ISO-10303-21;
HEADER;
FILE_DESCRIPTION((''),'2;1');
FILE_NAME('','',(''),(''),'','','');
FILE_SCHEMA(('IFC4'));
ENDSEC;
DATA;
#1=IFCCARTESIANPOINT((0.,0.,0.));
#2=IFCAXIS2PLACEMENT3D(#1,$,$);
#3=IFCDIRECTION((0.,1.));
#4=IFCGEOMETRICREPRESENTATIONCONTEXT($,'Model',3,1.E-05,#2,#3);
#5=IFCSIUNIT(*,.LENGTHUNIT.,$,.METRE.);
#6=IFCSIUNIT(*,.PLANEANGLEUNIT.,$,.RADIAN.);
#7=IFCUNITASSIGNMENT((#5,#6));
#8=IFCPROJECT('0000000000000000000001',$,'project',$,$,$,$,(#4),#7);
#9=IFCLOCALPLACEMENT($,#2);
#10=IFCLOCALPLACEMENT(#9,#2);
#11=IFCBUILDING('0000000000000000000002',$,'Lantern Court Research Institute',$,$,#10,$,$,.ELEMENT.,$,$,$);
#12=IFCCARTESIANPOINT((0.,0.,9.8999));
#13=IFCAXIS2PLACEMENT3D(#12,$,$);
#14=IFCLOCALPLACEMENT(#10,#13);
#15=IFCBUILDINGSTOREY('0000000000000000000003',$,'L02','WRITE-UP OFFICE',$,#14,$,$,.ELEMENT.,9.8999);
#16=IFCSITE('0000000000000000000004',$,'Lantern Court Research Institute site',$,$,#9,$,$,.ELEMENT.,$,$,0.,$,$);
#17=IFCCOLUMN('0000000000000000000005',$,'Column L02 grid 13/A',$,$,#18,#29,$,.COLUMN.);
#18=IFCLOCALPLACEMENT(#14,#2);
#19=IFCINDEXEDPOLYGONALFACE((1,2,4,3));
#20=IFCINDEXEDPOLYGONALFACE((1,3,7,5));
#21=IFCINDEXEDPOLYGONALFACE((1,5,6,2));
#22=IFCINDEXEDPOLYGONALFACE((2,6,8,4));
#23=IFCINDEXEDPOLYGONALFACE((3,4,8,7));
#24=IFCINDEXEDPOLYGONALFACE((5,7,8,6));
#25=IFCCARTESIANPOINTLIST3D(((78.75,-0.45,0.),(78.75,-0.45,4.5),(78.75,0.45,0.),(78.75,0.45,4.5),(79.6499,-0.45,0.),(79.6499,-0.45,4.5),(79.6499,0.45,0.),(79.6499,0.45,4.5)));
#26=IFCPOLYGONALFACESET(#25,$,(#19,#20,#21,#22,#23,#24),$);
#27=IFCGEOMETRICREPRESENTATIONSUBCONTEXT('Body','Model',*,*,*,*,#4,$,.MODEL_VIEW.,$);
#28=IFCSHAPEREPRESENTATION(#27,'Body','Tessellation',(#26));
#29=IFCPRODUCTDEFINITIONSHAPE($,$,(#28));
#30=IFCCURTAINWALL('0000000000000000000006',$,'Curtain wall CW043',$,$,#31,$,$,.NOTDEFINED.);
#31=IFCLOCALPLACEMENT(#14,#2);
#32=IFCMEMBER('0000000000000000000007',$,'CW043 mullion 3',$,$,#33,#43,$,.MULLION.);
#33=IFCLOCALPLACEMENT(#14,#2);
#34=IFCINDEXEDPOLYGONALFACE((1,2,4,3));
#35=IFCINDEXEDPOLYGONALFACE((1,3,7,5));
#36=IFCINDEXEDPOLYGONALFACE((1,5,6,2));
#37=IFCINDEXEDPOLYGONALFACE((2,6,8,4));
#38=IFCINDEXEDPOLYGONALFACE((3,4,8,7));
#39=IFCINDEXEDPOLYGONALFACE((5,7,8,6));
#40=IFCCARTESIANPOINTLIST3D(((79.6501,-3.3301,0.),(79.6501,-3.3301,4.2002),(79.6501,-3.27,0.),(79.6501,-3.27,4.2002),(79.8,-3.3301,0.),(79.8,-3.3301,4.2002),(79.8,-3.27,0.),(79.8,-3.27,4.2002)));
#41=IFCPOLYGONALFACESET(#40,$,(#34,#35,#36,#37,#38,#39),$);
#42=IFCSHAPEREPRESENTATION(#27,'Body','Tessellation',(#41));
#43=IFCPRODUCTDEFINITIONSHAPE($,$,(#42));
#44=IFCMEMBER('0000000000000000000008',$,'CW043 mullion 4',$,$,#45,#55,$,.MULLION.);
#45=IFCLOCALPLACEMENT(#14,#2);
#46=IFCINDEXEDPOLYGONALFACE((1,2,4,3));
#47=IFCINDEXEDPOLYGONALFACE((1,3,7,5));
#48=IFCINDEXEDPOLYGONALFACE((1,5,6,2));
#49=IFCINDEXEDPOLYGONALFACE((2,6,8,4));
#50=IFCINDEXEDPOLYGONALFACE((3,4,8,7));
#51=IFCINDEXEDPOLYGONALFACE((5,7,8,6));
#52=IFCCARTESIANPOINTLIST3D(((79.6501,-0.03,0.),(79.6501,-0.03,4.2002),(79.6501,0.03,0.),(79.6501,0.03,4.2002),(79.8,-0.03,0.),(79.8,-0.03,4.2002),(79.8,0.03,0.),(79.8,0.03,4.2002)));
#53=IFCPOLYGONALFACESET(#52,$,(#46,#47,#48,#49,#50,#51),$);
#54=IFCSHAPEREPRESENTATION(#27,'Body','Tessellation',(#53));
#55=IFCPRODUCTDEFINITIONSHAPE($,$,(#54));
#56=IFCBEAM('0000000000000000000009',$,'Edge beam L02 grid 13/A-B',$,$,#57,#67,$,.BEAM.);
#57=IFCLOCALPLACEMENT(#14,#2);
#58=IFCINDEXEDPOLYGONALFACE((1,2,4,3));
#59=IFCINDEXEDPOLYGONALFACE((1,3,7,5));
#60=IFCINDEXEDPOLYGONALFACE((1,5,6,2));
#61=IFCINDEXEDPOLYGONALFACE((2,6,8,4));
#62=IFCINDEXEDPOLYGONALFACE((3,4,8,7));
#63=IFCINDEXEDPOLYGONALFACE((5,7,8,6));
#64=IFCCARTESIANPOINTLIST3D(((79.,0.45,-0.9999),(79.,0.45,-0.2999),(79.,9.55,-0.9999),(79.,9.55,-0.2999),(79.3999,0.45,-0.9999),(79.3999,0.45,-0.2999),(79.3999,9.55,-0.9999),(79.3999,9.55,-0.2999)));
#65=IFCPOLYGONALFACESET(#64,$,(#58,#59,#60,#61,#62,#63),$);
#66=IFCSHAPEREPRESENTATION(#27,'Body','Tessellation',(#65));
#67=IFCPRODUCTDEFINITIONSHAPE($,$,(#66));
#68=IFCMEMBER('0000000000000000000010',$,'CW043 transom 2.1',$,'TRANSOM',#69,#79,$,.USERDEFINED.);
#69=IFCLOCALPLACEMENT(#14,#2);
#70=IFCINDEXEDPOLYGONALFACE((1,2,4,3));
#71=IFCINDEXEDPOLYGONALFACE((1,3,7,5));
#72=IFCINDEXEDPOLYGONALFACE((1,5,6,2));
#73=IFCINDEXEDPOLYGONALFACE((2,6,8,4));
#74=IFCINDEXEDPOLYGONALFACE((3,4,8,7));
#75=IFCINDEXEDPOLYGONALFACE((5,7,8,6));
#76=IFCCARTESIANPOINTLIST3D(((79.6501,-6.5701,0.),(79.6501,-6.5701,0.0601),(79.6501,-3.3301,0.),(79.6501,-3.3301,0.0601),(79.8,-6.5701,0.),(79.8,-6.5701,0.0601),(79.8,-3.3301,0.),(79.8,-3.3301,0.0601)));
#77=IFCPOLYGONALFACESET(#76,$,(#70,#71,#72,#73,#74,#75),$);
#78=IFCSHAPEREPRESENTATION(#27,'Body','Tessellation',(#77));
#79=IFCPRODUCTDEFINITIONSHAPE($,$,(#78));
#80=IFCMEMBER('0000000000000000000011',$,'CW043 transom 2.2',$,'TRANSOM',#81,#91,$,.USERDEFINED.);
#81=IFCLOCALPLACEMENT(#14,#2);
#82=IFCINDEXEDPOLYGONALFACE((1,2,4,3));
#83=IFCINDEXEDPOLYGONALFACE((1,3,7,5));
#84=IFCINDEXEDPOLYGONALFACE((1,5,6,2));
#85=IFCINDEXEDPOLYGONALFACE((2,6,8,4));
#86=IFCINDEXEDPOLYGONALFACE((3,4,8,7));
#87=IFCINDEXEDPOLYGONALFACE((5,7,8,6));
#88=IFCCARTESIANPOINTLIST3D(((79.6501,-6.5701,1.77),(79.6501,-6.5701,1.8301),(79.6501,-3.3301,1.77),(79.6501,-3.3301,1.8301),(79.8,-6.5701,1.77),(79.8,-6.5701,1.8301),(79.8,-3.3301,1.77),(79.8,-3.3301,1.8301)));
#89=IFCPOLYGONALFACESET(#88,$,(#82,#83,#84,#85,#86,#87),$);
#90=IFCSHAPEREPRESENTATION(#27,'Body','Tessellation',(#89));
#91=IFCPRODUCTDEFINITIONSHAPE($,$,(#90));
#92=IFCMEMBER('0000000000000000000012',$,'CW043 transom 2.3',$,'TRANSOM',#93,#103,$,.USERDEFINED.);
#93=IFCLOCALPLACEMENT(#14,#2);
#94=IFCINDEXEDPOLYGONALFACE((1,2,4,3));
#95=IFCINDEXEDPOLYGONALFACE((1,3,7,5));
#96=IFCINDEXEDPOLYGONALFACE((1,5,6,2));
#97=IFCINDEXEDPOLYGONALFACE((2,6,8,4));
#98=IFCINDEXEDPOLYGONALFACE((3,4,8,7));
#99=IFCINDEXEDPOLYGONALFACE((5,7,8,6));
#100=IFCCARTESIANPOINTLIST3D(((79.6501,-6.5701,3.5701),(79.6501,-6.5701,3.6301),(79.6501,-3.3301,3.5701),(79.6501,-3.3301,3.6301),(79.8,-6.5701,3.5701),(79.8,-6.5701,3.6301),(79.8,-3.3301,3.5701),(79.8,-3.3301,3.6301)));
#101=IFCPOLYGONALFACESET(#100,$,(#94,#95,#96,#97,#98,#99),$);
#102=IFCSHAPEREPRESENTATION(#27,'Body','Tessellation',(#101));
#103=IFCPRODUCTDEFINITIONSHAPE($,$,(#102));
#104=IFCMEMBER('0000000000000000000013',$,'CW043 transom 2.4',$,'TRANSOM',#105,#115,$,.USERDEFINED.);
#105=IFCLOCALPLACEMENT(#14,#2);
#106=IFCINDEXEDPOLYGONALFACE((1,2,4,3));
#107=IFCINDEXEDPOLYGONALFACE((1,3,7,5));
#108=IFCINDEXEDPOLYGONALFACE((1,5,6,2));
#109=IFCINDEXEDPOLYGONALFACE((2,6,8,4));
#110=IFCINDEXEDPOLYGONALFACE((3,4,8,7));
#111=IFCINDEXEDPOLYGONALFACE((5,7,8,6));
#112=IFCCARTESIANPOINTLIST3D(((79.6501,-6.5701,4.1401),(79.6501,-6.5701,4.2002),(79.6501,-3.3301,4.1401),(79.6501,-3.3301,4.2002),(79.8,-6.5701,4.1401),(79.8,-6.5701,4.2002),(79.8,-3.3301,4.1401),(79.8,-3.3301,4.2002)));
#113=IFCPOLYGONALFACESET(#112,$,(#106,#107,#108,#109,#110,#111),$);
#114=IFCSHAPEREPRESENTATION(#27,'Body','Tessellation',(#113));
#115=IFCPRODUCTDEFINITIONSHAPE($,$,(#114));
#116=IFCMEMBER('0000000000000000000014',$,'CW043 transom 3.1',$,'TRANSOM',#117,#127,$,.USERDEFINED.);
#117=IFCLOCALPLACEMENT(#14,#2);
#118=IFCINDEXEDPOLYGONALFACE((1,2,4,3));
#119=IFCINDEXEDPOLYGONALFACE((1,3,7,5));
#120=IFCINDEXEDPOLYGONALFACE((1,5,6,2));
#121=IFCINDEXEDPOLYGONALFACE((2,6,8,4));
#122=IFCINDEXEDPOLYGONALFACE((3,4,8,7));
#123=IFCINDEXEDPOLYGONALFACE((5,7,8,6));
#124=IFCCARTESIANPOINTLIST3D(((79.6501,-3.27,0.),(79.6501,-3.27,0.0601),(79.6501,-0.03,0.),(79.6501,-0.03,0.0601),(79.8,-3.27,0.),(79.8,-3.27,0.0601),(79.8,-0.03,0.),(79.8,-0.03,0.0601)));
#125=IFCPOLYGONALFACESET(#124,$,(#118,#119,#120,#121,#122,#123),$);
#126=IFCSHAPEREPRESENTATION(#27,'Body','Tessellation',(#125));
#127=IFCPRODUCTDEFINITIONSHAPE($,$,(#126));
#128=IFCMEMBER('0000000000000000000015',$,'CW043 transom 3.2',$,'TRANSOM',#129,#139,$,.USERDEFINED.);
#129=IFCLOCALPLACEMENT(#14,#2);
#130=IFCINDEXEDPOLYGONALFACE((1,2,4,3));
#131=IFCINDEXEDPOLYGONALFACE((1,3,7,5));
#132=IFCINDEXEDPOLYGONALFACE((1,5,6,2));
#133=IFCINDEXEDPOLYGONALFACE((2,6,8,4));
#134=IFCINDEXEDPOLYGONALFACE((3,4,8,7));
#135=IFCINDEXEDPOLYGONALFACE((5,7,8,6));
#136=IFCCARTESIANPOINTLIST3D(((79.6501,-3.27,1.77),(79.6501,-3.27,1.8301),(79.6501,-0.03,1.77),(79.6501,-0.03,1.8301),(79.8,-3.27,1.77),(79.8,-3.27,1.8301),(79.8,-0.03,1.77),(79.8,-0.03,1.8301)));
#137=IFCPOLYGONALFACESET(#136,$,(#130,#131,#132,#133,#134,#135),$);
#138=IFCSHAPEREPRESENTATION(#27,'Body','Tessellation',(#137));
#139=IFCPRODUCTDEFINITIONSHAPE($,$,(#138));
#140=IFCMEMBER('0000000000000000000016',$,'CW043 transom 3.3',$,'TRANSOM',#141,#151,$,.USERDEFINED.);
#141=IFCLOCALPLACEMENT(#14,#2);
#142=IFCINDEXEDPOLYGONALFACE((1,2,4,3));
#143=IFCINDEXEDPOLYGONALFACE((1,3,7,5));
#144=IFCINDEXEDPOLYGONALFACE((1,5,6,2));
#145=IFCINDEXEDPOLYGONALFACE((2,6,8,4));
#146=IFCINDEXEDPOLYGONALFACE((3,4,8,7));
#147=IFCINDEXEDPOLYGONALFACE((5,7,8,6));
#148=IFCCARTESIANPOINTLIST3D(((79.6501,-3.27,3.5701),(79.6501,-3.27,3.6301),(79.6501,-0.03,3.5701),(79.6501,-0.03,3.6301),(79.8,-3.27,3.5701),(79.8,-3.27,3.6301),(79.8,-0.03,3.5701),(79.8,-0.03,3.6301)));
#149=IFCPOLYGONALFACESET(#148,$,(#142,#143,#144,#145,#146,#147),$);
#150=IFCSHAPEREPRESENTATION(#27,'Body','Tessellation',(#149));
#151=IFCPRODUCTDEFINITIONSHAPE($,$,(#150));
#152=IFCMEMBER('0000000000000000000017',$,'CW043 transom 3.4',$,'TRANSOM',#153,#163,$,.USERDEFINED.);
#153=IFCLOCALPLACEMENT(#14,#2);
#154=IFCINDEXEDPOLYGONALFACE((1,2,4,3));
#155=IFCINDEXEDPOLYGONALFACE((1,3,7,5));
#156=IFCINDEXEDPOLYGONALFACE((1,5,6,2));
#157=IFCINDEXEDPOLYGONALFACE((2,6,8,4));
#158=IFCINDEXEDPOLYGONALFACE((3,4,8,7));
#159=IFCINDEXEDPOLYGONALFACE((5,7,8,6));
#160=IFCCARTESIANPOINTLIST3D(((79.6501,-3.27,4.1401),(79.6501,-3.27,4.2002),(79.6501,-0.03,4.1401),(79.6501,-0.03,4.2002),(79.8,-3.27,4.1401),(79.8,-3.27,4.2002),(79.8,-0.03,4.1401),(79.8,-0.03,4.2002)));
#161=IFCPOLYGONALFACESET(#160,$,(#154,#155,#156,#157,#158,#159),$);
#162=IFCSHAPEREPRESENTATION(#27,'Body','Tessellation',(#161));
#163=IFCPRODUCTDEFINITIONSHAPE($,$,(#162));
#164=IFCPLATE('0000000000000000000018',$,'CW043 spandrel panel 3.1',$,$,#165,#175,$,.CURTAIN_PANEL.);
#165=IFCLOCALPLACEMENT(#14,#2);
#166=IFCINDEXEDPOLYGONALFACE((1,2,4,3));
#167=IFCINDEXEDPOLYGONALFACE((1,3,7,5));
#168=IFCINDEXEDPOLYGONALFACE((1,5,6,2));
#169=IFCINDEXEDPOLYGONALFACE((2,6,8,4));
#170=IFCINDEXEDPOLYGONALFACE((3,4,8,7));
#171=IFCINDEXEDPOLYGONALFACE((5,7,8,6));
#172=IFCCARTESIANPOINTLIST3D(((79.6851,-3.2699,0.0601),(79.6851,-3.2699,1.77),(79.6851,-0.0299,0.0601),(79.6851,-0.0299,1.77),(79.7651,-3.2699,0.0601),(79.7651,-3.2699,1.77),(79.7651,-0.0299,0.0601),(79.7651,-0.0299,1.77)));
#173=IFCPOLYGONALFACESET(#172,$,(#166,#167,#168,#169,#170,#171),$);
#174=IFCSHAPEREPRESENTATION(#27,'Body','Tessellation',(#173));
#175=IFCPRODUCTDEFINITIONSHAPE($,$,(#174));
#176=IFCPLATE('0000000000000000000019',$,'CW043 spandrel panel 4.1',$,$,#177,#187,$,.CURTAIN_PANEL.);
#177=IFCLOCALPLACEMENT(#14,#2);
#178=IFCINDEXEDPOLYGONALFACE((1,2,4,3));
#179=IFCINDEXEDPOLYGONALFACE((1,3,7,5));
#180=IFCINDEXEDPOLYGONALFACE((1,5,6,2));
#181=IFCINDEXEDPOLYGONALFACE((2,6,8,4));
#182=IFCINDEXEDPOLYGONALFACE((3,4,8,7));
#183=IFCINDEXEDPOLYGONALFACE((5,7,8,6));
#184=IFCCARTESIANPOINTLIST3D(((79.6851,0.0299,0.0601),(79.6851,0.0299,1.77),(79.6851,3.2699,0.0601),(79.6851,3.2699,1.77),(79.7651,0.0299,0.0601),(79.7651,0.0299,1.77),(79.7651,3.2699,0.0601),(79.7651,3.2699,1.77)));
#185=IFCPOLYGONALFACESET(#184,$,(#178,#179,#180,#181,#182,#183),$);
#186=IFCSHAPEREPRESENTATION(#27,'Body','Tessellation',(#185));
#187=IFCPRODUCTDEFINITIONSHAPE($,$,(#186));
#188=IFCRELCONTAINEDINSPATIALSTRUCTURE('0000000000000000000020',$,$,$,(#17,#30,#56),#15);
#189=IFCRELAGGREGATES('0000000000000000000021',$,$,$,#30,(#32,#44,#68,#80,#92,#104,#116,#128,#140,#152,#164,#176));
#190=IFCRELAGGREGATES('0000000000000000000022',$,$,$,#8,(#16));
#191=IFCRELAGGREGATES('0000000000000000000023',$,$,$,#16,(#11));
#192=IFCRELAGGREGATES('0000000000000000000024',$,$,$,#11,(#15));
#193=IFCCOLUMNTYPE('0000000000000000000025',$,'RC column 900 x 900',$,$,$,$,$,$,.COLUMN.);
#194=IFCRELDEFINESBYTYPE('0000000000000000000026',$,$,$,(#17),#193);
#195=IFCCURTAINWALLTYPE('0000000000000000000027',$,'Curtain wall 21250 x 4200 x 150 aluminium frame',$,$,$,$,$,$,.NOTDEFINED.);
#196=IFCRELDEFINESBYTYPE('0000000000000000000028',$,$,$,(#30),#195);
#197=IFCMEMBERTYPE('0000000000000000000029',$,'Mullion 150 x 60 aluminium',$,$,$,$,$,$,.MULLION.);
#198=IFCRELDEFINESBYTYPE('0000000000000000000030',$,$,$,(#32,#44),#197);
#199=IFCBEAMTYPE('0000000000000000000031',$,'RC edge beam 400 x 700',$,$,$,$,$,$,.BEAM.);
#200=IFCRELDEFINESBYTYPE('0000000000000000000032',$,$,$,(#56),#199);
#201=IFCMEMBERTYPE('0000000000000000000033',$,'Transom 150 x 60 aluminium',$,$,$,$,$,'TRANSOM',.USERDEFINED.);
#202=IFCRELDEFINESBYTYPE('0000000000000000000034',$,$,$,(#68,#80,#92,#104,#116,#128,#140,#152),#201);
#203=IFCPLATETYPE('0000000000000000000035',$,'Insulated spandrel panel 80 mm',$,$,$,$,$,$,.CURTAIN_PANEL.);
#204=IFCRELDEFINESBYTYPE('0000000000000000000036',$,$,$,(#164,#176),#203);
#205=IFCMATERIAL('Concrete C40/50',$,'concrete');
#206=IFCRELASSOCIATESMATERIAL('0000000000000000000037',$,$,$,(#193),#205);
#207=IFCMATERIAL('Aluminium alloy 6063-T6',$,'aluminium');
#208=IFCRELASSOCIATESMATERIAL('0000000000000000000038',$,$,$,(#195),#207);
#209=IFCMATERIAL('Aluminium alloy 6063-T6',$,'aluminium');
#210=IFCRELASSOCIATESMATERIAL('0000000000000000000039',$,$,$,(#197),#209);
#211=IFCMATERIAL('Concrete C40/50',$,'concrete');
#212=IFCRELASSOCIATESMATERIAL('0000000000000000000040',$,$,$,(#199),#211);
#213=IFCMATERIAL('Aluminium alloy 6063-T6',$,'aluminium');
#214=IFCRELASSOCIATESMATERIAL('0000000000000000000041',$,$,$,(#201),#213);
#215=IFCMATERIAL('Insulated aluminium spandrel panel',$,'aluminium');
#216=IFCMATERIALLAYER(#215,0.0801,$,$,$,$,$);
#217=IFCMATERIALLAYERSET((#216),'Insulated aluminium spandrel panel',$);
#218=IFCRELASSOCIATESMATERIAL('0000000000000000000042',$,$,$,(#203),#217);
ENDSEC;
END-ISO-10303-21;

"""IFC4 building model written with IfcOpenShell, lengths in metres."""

from ifc_helpers import new_model, si_unit, direction, frame, origin, origin_2d, place, context, subcontext, project, spatial, rectangle, extrude, material, layer, layer_set, material_profile, profile_set, type_object, element, aggregate, save


model = new_model("IFC4")

# Units and contexts
model_context = context("Model", 3, precision=1e-05, world=origin(), true_north=direction((0.0, 1.0)))
body_context = subcontext(model_context, "Body", "Model", "MODEL_VIEW")
ifc_project = project(units=[si_unit("LENGTHUNIT", "METRE"), si_unit("PLANEANGLEUNIT", "RADIAN")], contexts=[model_context])

# Site, building, storey
site_placement = place(None, origin())
site = spatial("IfcSite", under=ifc_project, at=site_placement, Name="Lantern Court Research Institute site", CompositionType="ELEMENT", RefElevation=0.0)
building_placement = place(site_placement, origin())
building = spatial("IfcBuilding", under=site, at=building_placement, Name="Lantern Court Research Institute", CompositionType="ELEMENT")
storey_placement = place(building_placement, frame((0.0, 0.0, 9.8999)))
storey = spatial("IfcBuildingStorey", under=building, at=storey_placement, Name="L02", Description="WRITE-UP OFFICE", CompositionType="ELEMENT", Elevation=9.8999)

# Column
ifc_material_1 = material(Name="Concrete C40/50", Category="concrete")
ifc_material_profile_1 = material_profile(ifc_material_1, rectangle(XDim=0.8999, YDim=0.8999, at=origin_2d()), Name="RC column 900 x 900")
ifc_profile_set_1 = profile_set([ifc_material_profile_1], Name="Concrete C40/50")
column_type = type_object("IfcColumnType", Name="RC column 900 x 900", PredefinedType="COLUMN", material=ifc_profile_set_1)
column_placement = place(storey_placement, frame((79.2, 0.0, 0.0), z_axis=(0.0, 0.0, 1.0), x_axis=(1.0, 0.0, 0.0)))
element("IfcColumn", 1, at=column_placement, inside=storey, type_object=column_type, Name="Column L02 grid 13/A", PredefinedType="COLUMN", context=body_context, shape_type="SweptSolid", body=[
    extrude(rectangle(XDim=0.8999, YDim=0.8999, at=origin_2d()), origin(), (0.0, 0.0, 1.0), 4.5),
])

# Curtain wall, members
ifc_material_2 = material(Name="Aluminium alloy 6063-T6", Category="aluminium")
curtain_wall_type = type_object("IfcCurtainWallType", Name="Curtain wall 21250 x 4200 x 150 aluminium frame", PredefinedType="NOTDEFINED", material=ifc_material_2)
curtain_wall_placement = place(storey_placement, origin())
curtain_wall = element("IfcCurtainWall", 2, at=curtain_wall_placement, inside=storey, type_object=curtain_wall_type, Name="Curtain wall CW043", PredefinedType="NOTDEFINED")
ifc_material_3 = material(Name="Aluminium alloy 6063-T6", Category="aluminium")
ifc_material_profile_2 = material_profile(ifc_material_3, rectangle(XDim=0.1499, YDim=0.0601, at=origin_2d()), Name="Mullion 150 x 60")
ifc_profile_set_2 = profile_set([ifc_material_profile_2], Name="Aluminium alloy 6063-T6")
member_type_1 = type_object("IfcMemberType", Name="Mullion 150 x 60 aluminium", PredefinedType="MULLION", material=ifc_profile_set_2)
member_1_placement = place(storey_placement, frame((79.7251, -3.3, 0.0), z_axis=(0.0, 0.0, 1.0), x_axis=(1.0, 0.0, 0.0)))
member_1 = element("IfcMember", 3, at=member_1_placement, type_object=member_type_1, Name="CW043 mullion 3", PredefinedType="MULLION", context=body_context, shape_type="SweptSolid", body=[
    extrude(rectangle(XDim=0.1499, YDim=0.0601, at=origin_2d()), origin(), (0.0, 0.0, 1.0), 4.2002),
])
member_2_placement = place(storey_placement, frame((79.7251, 0.0, 0.0), z_axis=(0.0, 0.0, 1.0), x_axis=(1.0, 0.0, 0.0)))
member_2 = element("IfcMember", 4, at=member_2_placement, type_object=member_type_1, Name="CW043 mullion 4", PredefinedType="MULLION", context=body_context, shape_type="SweptSolid", body=[
    extrude(rectangle(XDim=0.1499, YDim=0.0601, at=origin_2d()), origin(), (0.0, 0.0, 1.0), 4.2002),
])

# Beam
ifc_material_4 = material(Name="Concrete C40/50", Category="concrete")
ifc_material_profile_3 = material_profile(ifc_material_4, rectangle(XDim=0.3999, YDim=0.7, at=origin_2d()), Name="RC beam 400 x 700")
ifc_profile_set_3 = profile_set([ifc_material_profile_3], Name="Concrete C40/50")
beam_type = type_object("IfcBeamType", Name="RC edge beam 400 x 700", PredefinedType="BEAM", material=ifc_profile_set_3)
beam_placement = place(storey_placement, frame((79.2, 0.45, -0.6499), z_axis=(0.0, 1.0, 0.0), x_axis=(-1.0, 0.0, 0.0)))
element("IfcBeam", 5, at=beam_placement, inside=storey, type_object=beam_type, Name="Edge beam L02 grid 13/A-B", PredefinedType="BEAM", context=body_context, shape_type="SweptSolid", body=[
    extrude(rectangle(XDim=0.3999, YDim=0.7, at=origin_2d()), origin(), (0.0, 0.0, 1.0), 9.1001),
])

# Members
ifc_material_5 = material(Name="Aluminium alloy 6063-T6", Category="aluminium")
ifc_material_profile_4 = material_profile(ifc_material_5, rectangle(XDim=0.1499, YDim=0.0601, at=origin_2d()), Name="Transom 150 x 60")
ifc_profile_set_4 = profile_set([ifc_material_profile_4], Name="Aluminium alloy 6063-T6")
member_type_2 = type_object("IfcMemberType", Name="Transom 150 x 60 aluminium", ElementType="TRANSOM", PredefinedType="USERDEFINED", material=ifc_profile_set_4)
member_3_placement = place(storey_placement, frame((79.7251, -3.3301, 0.03), z_axis=(0.0, -1.0, 0.0), x_axis=(1.0, 0.0, 0.0)))
member_3 = element("IfcMember", 6, at=member_3_placement, type_object=member_type_2, Name="CW043 transom 2.1", ObjectType="TRANSOM", PredefinedType="USERDEFINED", context=body_context, shape_type="SweptSolid", body=[
    extrude(rectangle(XDim=0.1499, YDim=0.0601, at=origin_2d()), origin(), (0.0, 0.0, 1.0), 3.24),
])
member_4_placement = place(storey_placement, frame((79.7251, -3.3301, 1.8), z_axis=(0.0, -1.0, 0.0), x_axis=(1.0, 0.0, 0.0)))
member_4 = element("IfcMember", 7, at=member_4_placement, type_object=member_type_2, Name="CW043 transom 2.2", ObjectType="TRANSOM", PredefinedType="USERDEFINED", context=body_context, shape_type="SweptSolid", body=[
    extrude(rectangle(XDim=0.1499, YDim=0.0601, at=origin_2d()), origin(), (0.0, 0.0, 1.0), 3.24),
])
member_5_placement = place(storey_placement, frame((79.7251, -3.3301, 3.6001), z_axis=(0.0, -1.0, 0.0), x_axis=(1.0, 0.0, 0.0)))
member_5 = element("IfcMember", 8, at=member_5_placement, type_object=member_type_2, Name="CW043 transom 2.3", ObjectType="TRANSOM", PredefinedType="USERDEFINED", context=body_context, shape_type="SweptSolid", body=[
    extrude(rectangle(XDim=0.1499, YDim=0.0601, at=origin_2d()), origin(), (0.0, 0.0, 1.0), 3.24),
])
member_6_placement = place(storey_placement, frame((79.7251, -3.3301, 4.1702), z_axis=(0.0, -1.0, 0.0), x_axis=(1.0, 0.0, 0.0)))
member_6 = element("IfcMember", 9, at=member_6_placement, type_object=member_type_2, Name="CW043 transom 2.4", ObjectType="TRANSOM", PredefinedType="USERDEFINED", context=body_context, shape_type="SweptSolid", body=[
    extrude(rectangle(XDim=0.1499, YDim=0.0601, at=origin_2d()), origin(), (0.0, 0.0, 1.0), 3.24),
])
member_7_placement = place(storey_placement, frame((79.7251, -0.03, 0.03), z_axis=(0.0, -1.0, 0.0), x_axis=(1.0, 0.0, 0.0)))
member_7 = element("IfcMember", 10, at=member_7_placement, type_object=member_type_2, Name="CW043 transom 3.1", ObjectType="TRANSOM", PredefinedType="USERDEFINED", context=body_context, shape_type="SweptSolid", body=[
    extrude(rectangle(XDim=0.1499, YDim=0.0601, at=origin_2d()), origin(), (0.0, 0.0, 1.0), 3.24),
])
member_8_placement = place(storey_placement, frame((79.7251, -0.03, 1.8), z_axis=(0.0, -1.0, 0.0), x_axis=(1.0, 0.0, 0.0)))
member_8 = element("IfcMember", 11, at=member_8_placement, type_object=member_type_2, Name="CW043 transom 3.2", ObjectType="TRANSOM", PredefinedType="USERDEFINED", context=body_context, shape_type="SweptSolid", body=[
    extrude(rectangle(XDim=0.1499, YDim=0.0601, at=origin_2d()), origin(), (0.0, 0.0, 1.0), 3.24),
])
member_9_placement = place(storey_placement, frame((79.7251, -0.03, 3.6001), z_axis=(0.0, -1.0, 0.0), x_axis=(1.0, 0.0, 0.0)))
member_9 = element("IfcMember", 12, at=member_9_placement, type_object=member_type_2, Name="CW043 transom 3.3", ObjectType="TRANSOM", PredefinedType="USERDEFINED", context=body_context, shape_type="SweptSolid", body=[
    extrude(rectangle(XDim=0.1499, YDim=0.0601, at=origin_2d()), origin(), (0.0, 0.0, 1.0), 3.24),
])
member_10_placement = place(storey_placement, frame((79.7251, -0.03, 4.1702), z_axis=(0.0, -1.0, 0.0), x_axis=(1.0, 0.0, 0.0)))
member_10 = element("IfcMember", 13, at=member_10_placement, type_object=member_type_2, Name="CW043 transom 3.4", ObjectType="TRANSOM", PredefinedType="USERDEFINED", context=body_context, shape_type="SweptSolid", body=[
    extrude(rectangle(XDim=0.1499, YDim=0.0601, at=origin_2d()), origin(), (0.0, 0.0, 1.0), 3.24),
])

# Plates
ifc_material_6 = material(Name="Insulated aluminium spandrel panel", Category="aluminium")
ifc_layer_1 = layer(ifc_material_6, 0.0801)
ifc_layer_set_1 = layer_set([ifc_layer_1], Name="Insulated aluminium spandrel panel")
plate_type_1 = type_object("IfcPlateType", Name="Insulated spandrel panel 80 mm", PredefinedType="CURTAIN_PANEL", material=ifc_layer_set_1)
plate_1_placement = place(storey_placement, frame((79.7251, -1.6499, 0.0601), z_axis=(0.0, 0.0, 1.0), x_axis=(0.0, -1.0, 0.0)))
plate_1 = element("IfcPlate", 14, at=plate_1_placement, type_object=plate_type_1, Name="CW043 spandrel panel 3.1", PredefinedType="CURTAIN_PANEL", context=body_context, shape_type="SweptSolid", body=[
    extrude(rectangle(XDim=3.24, YDim=0.0801, at=origin_2d()), origin(), (0.0, 0.0, 1.0), 1.71),
])
plate_2_placement = place(storey_placement, frame((79.7251, 1.6499, 0.0601), z_axis=(0.0, 0.0, 1.0), x_axis=(0.0, -1.0, 0.0)))
plate_2 = element("IfcPlate", 15, at=plate_2_placement, type_object=plate_type_1, Name="CW043 spandrel panel 4.1", PredefinedType="CURTAIN_PANEL", context=body_context, shape_type="SweptSolid", body=[
    extrude(rectangle(XDim=3.24, YDim=0.0801, at=origin_2d()), origin(), (0.0, 0.0, 1.0), 1.71),
])
aggregate(curtain_wall, [member_1, member_2, member_3, member_4, member_5, member_6, member_7, member_8, member_9, member_10, plate_1, plate_2])

save(model, "model.ifc")
